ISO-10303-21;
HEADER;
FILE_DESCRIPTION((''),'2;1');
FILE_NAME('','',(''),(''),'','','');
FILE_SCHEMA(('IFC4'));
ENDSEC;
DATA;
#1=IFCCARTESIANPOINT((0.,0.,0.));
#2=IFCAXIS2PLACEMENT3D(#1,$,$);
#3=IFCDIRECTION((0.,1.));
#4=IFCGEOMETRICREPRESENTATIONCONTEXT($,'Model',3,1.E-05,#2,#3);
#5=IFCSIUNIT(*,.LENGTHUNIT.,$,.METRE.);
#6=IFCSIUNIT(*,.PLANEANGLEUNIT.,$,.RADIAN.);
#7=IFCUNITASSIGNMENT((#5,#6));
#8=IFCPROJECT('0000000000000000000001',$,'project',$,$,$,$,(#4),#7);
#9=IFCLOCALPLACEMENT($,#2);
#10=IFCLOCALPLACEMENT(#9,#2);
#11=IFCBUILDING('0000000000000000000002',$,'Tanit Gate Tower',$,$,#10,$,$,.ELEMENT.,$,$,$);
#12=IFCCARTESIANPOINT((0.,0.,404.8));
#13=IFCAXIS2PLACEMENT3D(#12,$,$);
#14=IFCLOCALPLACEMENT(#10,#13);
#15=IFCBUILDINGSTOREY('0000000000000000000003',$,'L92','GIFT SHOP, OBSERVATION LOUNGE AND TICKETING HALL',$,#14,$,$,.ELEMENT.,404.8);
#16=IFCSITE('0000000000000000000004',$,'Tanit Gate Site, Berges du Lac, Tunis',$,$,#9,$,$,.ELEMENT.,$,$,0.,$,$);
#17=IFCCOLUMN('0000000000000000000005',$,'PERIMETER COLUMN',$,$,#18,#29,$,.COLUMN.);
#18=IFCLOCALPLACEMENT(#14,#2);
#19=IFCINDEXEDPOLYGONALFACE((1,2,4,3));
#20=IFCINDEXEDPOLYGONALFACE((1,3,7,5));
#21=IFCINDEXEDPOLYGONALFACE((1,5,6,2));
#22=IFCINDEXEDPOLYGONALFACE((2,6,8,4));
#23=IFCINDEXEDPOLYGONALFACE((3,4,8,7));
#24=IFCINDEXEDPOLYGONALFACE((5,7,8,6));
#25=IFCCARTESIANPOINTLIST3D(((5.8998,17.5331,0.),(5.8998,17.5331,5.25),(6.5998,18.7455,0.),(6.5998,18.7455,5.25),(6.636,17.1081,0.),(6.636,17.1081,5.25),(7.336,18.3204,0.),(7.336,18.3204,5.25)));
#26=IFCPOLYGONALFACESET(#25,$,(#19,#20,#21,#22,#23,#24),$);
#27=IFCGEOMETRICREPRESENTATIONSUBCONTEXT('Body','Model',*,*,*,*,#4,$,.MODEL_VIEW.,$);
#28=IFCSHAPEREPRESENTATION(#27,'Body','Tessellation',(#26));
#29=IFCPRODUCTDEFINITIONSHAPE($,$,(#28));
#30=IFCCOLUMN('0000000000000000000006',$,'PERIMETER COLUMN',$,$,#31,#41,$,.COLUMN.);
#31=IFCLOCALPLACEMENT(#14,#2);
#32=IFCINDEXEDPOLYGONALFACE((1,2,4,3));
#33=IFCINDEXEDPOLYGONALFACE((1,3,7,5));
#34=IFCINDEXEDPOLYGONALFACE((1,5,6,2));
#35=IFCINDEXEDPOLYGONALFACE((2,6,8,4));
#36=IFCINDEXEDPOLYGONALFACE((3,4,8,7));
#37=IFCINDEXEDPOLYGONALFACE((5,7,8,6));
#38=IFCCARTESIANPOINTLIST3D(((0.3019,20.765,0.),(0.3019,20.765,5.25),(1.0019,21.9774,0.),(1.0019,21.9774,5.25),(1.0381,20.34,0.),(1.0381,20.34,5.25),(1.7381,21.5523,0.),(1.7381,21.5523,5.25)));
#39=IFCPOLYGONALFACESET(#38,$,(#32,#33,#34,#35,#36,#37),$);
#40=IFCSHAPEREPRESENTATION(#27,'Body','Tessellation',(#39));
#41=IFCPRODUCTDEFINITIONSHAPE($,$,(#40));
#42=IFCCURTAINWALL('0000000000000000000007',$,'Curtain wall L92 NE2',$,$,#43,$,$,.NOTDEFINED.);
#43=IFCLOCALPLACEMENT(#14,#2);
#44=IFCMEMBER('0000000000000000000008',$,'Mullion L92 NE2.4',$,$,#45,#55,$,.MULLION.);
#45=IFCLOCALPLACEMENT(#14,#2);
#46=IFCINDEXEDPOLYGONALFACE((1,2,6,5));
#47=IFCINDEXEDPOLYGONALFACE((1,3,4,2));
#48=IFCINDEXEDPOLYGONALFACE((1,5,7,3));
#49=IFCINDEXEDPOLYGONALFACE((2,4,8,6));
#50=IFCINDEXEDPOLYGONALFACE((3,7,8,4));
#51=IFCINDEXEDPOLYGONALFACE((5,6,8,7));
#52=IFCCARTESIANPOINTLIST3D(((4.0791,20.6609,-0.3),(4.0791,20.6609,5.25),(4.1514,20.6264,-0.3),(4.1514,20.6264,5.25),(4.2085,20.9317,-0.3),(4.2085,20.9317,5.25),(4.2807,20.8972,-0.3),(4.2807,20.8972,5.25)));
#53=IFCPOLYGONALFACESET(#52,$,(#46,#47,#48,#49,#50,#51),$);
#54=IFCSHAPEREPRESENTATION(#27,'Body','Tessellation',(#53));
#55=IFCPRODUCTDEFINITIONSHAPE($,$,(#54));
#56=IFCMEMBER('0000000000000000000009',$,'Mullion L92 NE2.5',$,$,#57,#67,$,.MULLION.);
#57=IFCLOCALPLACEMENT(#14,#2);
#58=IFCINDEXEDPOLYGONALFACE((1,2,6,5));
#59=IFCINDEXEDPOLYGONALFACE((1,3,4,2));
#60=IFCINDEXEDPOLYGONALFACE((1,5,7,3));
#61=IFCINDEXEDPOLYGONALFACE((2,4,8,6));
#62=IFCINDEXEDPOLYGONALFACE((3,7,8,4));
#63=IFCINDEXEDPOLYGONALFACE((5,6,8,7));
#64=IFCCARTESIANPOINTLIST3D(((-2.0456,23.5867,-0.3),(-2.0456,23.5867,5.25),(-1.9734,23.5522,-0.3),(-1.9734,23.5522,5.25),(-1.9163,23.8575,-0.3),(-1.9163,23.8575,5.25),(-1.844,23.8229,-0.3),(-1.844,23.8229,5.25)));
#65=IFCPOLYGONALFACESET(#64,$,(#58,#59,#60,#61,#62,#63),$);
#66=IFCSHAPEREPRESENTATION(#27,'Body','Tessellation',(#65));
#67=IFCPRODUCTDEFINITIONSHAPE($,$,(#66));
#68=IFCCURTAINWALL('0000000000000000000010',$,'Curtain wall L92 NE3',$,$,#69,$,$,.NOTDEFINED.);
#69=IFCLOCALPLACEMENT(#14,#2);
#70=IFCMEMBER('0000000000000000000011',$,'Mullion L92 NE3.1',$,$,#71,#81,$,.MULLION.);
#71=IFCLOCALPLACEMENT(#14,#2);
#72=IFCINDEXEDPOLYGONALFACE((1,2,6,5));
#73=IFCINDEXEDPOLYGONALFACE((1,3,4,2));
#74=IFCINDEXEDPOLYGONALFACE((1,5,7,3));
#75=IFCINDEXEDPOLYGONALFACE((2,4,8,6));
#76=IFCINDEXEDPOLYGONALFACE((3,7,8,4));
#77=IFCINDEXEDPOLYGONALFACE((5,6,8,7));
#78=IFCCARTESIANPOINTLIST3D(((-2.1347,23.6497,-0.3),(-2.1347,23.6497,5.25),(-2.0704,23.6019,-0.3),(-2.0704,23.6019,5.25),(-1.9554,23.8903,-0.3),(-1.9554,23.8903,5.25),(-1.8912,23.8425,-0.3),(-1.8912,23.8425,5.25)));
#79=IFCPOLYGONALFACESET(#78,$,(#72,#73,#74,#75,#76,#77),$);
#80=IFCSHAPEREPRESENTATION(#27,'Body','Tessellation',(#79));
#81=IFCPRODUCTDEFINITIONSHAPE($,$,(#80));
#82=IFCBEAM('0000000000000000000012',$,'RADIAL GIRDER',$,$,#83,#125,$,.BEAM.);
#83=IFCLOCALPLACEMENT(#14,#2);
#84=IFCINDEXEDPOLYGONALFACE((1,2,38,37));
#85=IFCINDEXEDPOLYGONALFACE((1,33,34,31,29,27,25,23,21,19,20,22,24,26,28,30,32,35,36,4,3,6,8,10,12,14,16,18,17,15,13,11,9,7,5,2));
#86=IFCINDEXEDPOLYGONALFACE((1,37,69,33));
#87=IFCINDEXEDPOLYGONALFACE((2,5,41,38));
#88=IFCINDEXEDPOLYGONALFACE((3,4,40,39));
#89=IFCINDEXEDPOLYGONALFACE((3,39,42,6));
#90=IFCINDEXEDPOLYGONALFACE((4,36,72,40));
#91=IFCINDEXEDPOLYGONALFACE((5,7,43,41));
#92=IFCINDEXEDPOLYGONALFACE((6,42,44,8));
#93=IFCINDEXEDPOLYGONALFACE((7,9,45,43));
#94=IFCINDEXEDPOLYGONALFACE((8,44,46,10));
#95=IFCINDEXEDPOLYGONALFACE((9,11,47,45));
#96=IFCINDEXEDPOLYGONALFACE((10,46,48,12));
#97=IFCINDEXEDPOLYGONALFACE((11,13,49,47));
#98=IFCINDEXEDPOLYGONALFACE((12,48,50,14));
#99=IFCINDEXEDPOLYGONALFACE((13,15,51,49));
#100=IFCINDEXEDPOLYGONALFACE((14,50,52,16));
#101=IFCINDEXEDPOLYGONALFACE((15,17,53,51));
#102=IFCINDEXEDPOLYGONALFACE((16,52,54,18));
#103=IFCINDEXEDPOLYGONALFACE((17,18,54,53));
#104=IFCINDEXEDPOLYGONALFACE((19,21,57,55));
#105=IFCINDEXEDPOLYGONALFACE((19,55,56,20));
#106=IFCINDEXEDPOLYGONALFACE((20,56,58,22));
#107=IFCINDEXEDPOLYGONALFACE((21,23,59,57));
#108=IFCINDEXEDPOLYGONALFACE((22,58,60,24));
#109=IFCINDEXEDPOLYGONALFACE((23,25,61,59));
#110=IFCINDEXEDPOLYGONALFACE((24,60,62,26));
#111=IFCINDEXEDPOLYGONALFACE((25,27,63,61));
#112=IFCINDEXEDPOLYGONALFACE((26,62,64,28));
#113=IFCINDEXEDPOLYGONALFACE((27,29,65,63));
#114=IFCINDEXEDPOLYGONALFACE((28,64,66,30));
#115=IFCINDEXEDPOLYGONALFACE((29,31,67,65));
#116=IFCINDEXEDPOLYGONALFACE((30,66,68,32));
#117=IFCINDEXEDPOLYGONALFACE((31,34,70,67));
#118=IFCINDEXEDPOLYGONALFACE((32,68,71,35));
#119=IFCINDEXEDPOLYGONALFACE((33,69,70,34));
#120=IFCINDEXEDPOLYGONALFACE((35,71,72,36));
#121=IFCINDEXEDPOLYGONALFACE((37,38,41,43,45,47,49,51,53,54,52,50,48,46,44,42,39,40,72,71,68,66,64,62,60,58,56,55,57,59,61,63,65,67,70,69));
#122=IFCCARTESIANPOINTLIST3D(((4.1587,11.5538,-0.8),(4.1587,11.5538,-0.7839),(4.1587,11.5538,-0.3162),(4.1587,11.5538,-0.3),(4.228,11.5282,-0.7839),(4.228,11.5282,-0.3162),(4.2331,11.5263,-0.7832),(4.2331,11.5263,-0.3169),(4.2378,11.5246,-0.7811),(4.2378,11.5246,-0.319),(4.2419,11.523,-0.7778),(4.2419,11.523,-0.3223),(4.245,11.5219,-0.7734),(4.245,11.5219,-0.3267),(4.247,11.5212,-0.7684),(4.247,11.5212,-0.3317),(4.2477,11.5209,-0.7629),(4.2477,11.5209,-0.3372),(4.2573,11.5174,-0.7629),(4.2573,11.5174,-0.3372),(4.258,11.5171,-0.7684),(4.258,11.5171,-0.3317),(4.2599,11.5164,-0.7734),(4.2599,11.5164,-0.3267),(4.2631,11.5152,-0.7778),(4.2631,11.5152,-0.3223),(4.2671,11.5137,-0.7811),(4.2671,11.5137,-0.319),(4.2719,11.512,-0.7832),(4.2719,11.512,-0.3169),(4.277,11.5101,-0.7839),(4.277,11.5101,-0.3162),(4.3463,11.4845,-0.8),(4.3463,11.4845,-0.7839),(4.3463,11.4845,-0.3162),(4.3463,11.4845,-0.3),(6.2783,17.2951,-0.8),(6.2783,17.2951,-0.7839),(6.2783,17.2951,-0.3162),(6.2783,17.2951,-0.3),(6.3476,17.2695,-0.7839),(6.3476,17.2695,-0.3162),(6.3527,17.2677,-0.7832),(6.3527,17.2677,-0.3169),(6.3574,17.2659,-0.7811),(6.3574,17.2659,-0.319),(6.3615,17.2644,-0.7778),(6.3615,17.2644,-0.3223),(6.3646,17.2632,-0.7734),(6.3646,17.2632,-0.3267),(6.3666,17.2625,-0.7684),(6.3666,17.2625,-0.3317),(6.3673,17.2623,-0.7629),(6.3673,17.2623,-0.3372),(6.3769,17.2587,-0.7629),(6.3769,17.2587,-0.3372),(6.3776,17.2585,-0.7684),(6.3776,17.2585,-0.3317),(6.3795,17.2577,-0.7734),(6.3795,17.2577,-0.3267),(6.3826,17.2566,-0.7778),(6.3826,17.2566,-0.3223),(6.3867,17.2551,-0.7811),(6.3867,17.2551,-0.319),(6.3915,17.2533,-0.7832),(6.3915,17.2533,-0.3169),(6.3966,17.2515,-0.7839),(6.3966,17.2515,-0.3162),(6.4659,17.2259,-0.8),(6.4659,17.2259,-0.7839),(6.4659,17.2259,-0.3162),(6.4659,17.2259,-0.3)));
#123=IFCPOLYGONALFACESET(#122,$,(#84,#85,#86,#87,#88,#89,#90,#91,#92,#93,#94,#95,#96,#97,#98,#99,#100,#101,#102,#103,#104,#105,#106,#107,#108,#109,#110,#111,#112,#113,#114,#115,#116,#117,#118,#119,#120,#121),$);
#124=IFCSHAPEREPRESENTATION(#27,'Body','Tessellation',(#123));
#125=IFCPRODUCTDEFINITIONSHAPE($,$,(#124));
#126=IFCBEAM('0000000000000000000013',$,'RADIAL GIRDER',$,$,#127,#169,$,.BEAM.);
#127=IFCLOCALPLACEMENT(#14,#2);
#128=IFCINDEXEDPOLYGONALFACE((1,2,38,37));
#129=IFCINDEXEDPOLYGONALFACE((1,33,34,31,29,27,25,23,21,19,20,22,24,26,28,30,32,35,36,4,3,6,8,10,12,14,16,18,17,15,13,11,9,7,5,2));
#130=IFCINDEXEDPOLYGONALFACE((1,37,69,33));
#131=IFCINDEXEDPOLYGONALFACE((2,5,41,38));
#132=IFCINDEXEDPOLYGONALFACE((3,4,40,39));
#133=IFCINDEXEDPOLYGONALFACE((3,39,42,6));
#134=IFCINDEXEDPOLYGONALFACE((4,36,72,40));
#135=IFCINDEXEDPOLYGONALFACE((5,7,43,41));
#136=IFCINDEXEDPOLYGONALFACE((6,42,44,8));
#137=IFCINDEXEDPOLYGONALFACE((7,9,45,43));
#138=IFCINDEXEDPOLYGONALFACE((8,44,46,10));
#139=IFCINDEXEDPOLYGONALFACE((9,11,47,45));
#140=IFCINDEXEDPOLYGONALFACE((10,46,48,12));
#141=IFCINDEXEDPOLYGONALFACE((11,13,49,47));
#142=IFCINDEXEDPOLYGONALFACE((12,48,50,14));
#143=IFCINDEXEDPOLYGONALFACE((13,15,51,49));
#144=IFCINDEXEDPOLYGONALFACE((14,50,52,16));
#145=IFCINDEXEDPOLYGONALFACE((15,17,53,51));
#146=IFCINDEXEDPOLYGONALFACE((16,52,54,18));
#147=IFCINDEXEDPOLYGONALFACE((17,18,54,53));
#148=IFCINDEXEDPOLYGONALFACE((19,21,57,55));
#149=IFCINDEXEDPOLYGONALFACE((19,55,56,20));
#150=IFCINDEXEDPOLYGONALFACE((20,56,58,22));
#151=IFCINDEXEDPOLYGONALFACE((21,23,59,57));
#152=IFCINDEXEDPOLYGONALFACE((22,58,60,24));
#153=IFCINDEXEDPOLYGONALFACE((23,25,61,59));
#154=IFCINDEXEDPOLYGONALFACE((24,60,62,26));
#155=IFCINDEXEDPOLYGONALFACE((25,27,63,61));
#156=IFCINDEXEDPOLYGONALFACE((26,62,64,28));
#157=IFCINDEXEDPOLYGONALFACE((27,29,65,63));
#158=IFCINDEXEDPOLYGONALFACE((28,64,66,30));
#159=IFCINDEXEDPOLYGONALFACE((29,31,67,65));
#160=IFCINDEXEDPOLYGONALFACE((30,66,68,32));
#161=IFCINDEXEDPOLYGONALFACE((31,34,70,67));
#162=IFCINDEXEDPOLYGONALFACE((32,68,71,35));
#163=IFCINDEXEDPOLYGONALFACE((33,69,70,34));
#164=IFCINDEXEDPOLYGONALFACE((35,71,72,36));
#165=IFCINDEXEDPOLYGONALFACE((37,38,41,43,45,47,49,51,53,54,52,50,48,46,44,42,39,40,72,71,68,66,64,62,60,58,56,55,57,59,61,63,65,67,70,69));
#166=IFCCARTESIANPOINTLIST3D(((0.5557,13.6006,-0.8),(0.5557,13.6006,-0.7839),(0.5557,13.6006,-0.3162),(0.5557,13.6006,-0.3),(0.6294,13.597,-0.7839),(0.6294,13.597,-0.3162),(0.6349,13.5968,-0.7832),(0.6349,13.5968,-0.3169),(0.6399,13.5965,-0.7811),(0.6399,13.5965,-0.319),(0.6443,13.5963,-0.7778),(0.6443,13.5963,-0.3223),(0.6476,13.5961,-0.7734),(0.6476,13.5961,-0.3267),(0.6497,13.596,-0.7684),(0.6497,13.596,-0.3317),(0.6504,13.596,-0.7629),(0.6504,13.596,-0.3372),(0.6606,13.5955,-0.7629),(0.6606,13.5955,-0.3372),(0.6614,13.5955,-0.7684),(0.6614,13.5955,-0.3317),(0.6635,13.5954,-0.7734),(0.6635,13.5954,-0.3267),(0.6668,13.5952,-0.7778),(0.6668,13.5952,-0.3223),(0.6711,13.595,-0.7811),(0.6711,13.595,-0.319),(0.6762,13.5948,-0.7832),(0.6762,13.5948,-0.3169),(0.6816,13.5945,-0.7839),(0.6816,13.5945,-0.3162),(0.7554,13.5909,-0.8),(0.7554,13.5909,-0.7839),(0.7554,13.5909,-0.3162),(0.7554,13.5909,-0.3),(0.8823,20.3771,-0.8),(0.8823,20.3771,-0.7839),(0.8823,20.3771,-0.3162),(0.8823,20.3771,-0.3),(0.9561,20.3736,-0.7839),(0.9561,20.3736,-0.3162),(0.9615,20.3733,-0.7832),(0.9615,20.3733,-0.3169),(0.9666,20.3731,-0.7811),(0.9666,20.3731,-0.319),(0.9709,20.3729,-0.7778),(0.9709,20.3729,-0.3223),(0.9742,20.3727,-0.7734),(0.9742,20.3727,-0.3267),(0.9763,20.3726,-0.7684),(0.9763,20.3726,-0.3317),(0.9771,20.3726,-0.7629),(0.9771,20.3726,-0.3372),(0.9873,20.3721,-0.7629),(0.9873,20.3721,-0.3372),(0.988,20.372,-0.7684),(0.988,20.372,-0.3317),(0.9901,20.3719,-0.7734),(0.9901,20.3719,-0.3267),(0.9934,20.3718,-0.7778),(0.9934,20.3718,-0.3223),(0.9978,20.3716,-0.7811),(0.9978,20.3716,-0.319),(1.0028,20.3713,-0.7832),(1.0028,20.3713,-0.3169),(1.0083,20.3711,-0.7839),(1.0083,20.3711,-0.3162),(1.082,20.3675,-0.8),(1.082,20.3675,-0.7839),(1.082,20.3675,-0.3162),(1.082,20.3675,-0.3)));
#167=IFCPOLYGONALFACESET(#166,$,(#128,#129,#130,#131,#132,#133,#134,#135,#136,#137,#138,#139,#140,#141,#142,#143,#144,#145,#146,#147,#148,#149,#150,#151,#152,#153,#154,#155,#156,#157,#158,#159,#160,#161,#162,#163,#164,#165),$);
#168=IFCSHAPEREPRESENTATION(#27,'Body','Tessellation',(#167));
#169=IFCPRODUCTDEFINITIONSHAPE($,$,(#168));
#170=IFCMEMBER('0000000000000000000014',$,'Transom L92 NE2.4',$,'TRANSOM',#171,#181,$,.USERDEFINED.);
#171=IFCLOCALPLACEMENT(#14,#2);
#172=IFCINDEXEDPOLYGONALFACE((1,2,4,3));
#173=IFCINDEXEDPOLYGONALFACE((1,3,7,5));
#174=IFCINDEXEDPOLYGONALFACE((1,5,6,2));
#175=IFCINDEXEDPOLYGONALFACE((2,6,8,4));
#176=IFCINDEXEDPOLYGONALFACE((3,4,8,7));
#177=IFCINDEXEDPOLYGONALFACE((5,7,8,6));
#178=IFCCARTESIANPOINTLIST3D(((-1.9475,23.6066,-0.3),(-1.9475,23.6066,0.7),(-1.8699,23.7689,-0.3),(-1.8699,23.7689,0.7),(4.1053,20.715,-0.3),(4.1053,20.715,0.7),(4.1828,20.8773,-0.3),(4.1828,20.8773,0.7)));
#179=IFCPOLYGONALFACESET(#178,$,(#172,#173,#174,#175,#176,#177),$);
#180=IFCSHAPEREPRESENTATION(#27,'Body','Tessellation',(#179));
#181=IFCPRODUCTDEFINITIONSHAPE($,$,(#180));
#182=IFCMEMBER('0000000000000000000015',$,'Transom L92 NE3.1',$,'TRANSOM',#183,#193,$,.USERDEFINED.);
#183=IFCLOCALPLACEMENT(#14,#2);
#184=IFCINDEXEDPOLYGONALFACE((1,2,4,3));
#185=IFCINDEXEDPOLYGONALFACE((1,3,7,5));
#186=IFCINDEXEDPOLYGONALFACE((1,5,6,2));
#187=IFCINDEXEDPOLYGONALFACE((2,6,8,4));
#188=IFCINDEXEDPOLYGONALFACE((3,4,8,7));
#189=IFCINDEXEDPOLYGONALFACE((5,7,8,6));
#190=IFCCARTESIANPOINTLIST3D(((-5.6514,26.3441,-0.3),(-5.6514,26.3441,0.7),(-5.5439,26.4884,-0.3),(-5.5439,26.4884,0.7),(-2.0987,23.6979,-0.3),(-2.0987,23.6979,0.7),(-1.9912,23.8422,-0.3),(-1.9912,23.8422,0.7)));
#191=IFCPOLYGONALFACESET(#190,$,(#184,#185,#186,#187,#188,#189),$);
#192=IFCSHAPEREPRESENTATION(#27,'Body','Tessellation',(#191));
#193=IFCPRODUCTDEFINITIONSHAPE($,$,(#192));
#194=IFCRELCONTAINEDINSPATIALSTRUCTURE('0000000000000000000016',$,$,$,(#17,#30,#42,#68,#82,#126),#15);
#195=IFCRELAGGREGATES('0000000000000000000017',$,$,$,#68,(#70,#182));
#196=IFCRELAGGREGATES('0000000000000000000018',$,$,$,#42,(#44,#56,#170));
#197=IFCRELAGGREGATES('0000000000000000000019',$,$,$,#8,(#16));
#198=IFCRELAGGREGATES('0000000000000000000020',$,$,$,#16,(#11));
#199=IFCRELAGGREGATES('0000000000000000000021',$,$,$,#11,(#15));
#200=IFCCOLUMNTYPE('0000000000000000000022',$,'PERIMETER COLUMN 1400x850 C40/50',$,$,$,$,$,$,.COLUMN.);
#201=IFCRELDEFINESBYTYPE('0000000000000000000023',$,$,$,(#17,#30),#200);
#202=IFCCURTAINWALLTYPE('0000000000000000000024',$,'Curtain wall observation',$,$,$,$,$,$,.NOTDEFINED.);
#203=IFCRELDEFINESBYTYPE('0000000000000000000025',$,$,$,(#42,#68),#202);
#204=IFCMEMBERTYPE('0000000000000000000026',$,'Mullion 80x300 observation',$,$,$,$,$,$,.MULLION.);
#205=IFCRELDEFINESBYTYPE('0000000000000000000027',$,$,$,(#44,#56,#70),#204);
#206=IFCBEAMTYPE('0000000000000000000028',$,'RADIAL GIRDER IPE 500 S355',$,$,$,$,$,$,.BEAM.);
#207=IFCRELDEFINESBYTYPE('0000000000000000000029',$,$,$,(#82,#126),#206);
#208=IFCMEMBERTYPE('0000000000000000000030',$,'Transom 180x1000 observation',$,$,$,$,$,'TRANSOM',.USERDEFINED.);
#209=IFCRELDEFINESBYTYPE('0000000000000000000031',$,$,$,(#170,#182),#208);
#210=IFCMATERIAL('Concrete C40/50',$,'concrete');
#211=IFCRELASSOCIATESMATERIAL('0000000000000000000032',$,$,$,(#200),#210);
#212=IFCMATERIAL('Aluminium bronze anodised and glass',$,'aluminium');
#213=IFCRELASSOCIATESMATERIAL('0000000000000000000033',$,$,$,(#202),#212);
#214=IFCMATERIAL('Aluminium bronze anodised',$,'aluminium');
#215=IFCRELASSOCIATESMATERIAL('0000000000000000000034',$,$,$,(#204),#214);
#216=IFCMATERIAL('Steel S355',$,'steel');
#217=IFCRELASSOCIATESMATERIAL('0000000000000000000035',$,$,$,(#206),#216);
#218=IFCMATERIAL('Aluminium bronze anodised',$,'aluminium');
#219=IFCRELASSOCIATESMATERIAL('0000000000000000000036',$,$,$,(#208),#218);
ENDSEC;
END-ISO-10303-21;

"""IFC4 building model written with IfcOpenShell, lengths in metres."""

from ifc_helpers import new_model, si_unit, direction, frame, origin, origin_2d, place, context, subcontext, project, spatial, rectangle, i_section, extrude, material, material_profile, profile_set, type_object, element, aggregate, save


model = new_model("IFC4")

# Units and contexts
model_context = context("Model", 3, precision=1e-05, world=origin(), true_north=direction((0.0, 1.0)))
body_context = subcontext(model_context, "Body", "Model", "MODEL_VIEW")
ifc_project = project(units=[si_unit("LENGTHUNIT", "METRE"), si_unit("PLANEANGLEUNIT", "RADIAN")], contexts=[model_context])

# Site, building, storey
site_placement = place(None, origin())
site = spatial("IfcSite", under=ifc_project, at=site_placement, Name="Tanit Gate Site, Berges du Lac, Tunis", CompositionType="ELEMENT", RefElevation=0.0)
building_placement = place(site_placement, origin())
building = spatial("IfcBuilding", under=site, at=building_placement, Name="Tanit Gate Tower", CompositionType="ELEMENT")
storey_placement = place(building_placement, frame((0.0, 0.0, 404.8)))
storey = spatial("IfcBuildingStorey", under=building, at=storey_placement, Name="L92", Description="GIFT SHOP, OBSERVATION LOUNGE AND TICKETING HALL", CompositionType="ELEMENT", Elevation=404.8)

# Columns
ifc_material_1 = material(Name="Concrete C40/50", Category="concrete")
ifc_material_profile_1 = material_profile(ifc_material_1, rectangle(XDim=1.3999, YDim=0.8501, at=origin_2d()), Name="RC 1400x850")
ifc_profile_set_1 = profile_set([ifc_material_profile_1], Name="Concrete C40/50")
column_type = type_object("IfcColumnType", Name="PERIMETER COLUMN 1400x850 C40/50", PredefinedType="COLUMN", material=ifc_profile_set_1)
for number, where, z_axis, x_axis, name in (
    (1, (6.6179, 17.9268, 0.0), (0.0, 0.0, 1.0), (0.5, 0.866025, 0.0), "PERIMETER COLUMN"),
    (2, (1.02, 21.1587, 0.0), (0.0, 0.0, 1.0), (0.5, 0.866025, 0.0), "PERIMETER COLUMN"),
):
    element("IfcColumn", number, at=place(storey_placement, frame(where, z_axis=z_axis, x_axis=x_axis)), inside=storey, type_object=column_type, Name=name, PredefinedType="COLUMN", context=body_context, shape_type="SweptSolid", body=[
        extrude(rectangle(XDim=1.3999, YDim=0.8501, at=origin_2d()), origin(), (0.0, 0.0, 1.0), 5.25),
    ])

# Curtain wall, members
ifc_material_2 = material(Name="Aluminium bronze anodised and glass", Category="aluminium")
curtain_wall_type = type_object("IfcCurtainWallType", Name="Curtain wall observation", PredefinedType="NOTDEFINED", material=ifc_material_2)
curtain_wall_1_placement = place(storey_placement, origin())
curtain_wall_1 = element("IfcCurtainWall", 3, at=curtain_wall_1_placement, inside=storey, type_object=curtain_wall_type, Name="Curtain wall L92 NE2", PredefinedType="NOTDEFINED")
ifc_material_3 = material(Name="Aluminium bronze anodised", Category="aluminium")
ifc_material_profile_2 = material_profile(ifc_material_3, rectangle(XDim=0.3, YDim=0.0801, at=origin_2d()), Name="80x300 bronze mullion")
ifc_profile_set_2 = profile_set([ifc_material_profile_2], Name="Aluminium bronze anodised")
member_type_1 = type_object("IfcMemberType", Name="Mullion 80x300 observation", PredefinedType="MULLION", material=ifc_profile_set_2)
member_1_placement = place(storey_placement, frame((4.1799, 20.7791, -0.3), z_axis=(0.0, 0.0, 1.0), x_axis=(-0.431073, -0.902317, 0.0)))
member_1 = element("IfcMember", 4, at=member_1_placement, type_object=member_type_1, Name="Mullion L92 NE2.4", PredefinedType="MULLION", context=body_context, shape_type="SweptSolid", body=[
    extrude(rectangle(XDim=0.3, YDim=0.0801, at=origin_2d()), origin(), (0.0, 0.0, 1.0), 5.55),
])
member_2_placement = place(storey_placement, frame((-1.9448, 23.7048, -0.3), z_axis=(0.0, 0.0, 1.0), x_axis=(-0.431073, -0.902317, 0.0)))
member_2 = element("IfcMember", 5, at=member_2_placement, type_object=member_type_1, Name="Mullion L92 NE2.5", PredefinedType="MULLION", context=body_context, shape_type="SweptSolid", body=[
    extrude(rectangle(XDim=0.3, YDim=0.0801, at=origin_2d()), origin(), (0.0, 0.0, 1.0), 5.55),
])

# Curtain wall, member
curtain_wall_2_placement = place(storey_placement, origin())
curtain_wall_2 = element("IfcCurtainWall", 6, at=curtain_wall_2_placement, inside=storey, type_object=curtain_wall_type, Name="Curtain wall L92 NE3", PredefinedType="NOTDEFINED")
member_3_placement = place(storey_placement, frame((-2.0129, 23.7461, -0.3), z_axis=(0.0, 0.0, 1.0), x_axis=(-0.597341, -0.801988, 0.0)))
member_3 = element("IfcMember", 7, at=member_3_placement, type_object=member_type_1, Name="Mullion L92 NE3.1", PredefinedType="MULLION", context=body_context, shape_type="SweptSolid", body=[
    extrude(rectangle(XDim=0.3, YDim=0.0801, at=origin_2d()), origin(), (0.0, 0.0, 1.0), 5.55),
])

# Beams
ifc_material_4 = material(Name="Steel S355", Category="steel")
ifc_material_profile_3 = material_profile(ifc_material_4, i_section(OverallWidth=0.2, OverallDepth=0.5, WebThickness=0.0103, FlangeThickness=0.0161, FilletRadius=0.021, at=origin_2d()), Name="IPE 500")
ifc_profile_set_3 = profile_set([ifc_material_profile_3], Name="Steel S355")
beam_type = type_object("IfcBeamType", Name="RADIAL GIRDER IPE 500 S355", PredefinedType="BEAM", material=ifc_profile_set_3)
beam_1_placement = place(storey_placement, frame((6.3721, 17.2605, -0.55), z_axis=(-0.346332, -0.938112, 0.0), x_axis=(0.938112, -0.346332, 0.0)))
element("IfcBeam", 8, at=beam_1_placement, inside=storey, type_object=beam_type, Name="RADIAL GIRDER", PredefinedType="BEAM", context=body_context, shape_type="SweptSolid", body=[
    extrude(i_section(OverallWidth=0.2, OverallDepth=0.5, WebThickness=0.0103, FlangeThickness=0.0161, FilletRadius=0.021, at=origin_2d()), origin(), (0.0, 0.0, 1.0), 6.1201),
])
beam_2_placement = place(storey_placement, frame((0.9822, 20.3723, -0.55), z_axis=(-0.048148, -0.99884, 0.0), x_axis=(0.99884, -0.048148, 0.0)))
element("IfcBeam", 9, at=beam_2_placement, inside=storey, type_object=beam_type, Name="RADIAL GIRDER", PredefinedType="BEAM", context=body_context, shape_type="SweptSolid", body=[
    extrude(i_section(OverallWidth=0.2, OverallDepth=0.5, WebThickness=0.0103, FlangeThickness=0.0161, FilletRadius=0.021, at=origin_2d()), origin(), (0.0, 0.0, 1.0), 6.7844),
])

# Members
ifc_material_5 = material(Name="Aluminium bronze anodised", Category="aluminium")
ifc_material_profile_4 = material_profile(ifc_material_5, rectangle(XDim=0.1799, YDim=1.0, at=origin_2d()), Name="180x1000 bronze transom")
ifc_profile_set_4 = profile_set([ifc_material_profile_4], Name="Aluminium bronze anodised")
member_type_2 = type_object("IfcMemberType", Name="Transom 180x1000 observation", ElementType="TRANSOM", PredefinedType="USERDEFINED", material=ifc_profile_set_4)
member_4_placement = place(storey_placement, frame((4.144, 20.7961, 0.2), z_axis=(-0.902319, 0.431069, 0.0), x_axis=(-0.431069, -0.902319, 0.0)))
member_4 = element("IfcMember", 10, at=member_4_placement, type_object=member_type_2, Name="Transom L92 NE2.4", ObjectType="TRANSOM", PredefinedType="USERDEFINED", context=body_context, shape_type="SweptSolid", body=[
    extrude(rectangle(XDim=0.1799, YDim=1.0, at=origin_2d()), origin(), (0.0, 0.0, 1.0), 6.708),
])
member_5_placement = place(storey_placement, frame((-2.0449, 23.77, 0.2), z_axis=(-0.80198, 0.597351, 0.0), x_axis=(-0.597351, -0.80198, 0.0)))
member_5 = element("IfcMember", 11, at=member_5_placement, type_object=member_type_2, Name="Transom L92 NE3.1", ObjectType="TRANSOM", PredefinedType="USERDEFINED", context=body_context, shape_type="SweptSolid", body=[
    extrude(rectangle(XDim=0.1799, YDim=1.0, at=origin_2d()), origin(), (0.0, 0.0, 1.0), 4.4299),
])
aggregate(curtain_wall_2, [member_3, member_5])

aggregate(curtain_wall_1, [member_1, member_2, member_4])

save(model, "model.ifc")
